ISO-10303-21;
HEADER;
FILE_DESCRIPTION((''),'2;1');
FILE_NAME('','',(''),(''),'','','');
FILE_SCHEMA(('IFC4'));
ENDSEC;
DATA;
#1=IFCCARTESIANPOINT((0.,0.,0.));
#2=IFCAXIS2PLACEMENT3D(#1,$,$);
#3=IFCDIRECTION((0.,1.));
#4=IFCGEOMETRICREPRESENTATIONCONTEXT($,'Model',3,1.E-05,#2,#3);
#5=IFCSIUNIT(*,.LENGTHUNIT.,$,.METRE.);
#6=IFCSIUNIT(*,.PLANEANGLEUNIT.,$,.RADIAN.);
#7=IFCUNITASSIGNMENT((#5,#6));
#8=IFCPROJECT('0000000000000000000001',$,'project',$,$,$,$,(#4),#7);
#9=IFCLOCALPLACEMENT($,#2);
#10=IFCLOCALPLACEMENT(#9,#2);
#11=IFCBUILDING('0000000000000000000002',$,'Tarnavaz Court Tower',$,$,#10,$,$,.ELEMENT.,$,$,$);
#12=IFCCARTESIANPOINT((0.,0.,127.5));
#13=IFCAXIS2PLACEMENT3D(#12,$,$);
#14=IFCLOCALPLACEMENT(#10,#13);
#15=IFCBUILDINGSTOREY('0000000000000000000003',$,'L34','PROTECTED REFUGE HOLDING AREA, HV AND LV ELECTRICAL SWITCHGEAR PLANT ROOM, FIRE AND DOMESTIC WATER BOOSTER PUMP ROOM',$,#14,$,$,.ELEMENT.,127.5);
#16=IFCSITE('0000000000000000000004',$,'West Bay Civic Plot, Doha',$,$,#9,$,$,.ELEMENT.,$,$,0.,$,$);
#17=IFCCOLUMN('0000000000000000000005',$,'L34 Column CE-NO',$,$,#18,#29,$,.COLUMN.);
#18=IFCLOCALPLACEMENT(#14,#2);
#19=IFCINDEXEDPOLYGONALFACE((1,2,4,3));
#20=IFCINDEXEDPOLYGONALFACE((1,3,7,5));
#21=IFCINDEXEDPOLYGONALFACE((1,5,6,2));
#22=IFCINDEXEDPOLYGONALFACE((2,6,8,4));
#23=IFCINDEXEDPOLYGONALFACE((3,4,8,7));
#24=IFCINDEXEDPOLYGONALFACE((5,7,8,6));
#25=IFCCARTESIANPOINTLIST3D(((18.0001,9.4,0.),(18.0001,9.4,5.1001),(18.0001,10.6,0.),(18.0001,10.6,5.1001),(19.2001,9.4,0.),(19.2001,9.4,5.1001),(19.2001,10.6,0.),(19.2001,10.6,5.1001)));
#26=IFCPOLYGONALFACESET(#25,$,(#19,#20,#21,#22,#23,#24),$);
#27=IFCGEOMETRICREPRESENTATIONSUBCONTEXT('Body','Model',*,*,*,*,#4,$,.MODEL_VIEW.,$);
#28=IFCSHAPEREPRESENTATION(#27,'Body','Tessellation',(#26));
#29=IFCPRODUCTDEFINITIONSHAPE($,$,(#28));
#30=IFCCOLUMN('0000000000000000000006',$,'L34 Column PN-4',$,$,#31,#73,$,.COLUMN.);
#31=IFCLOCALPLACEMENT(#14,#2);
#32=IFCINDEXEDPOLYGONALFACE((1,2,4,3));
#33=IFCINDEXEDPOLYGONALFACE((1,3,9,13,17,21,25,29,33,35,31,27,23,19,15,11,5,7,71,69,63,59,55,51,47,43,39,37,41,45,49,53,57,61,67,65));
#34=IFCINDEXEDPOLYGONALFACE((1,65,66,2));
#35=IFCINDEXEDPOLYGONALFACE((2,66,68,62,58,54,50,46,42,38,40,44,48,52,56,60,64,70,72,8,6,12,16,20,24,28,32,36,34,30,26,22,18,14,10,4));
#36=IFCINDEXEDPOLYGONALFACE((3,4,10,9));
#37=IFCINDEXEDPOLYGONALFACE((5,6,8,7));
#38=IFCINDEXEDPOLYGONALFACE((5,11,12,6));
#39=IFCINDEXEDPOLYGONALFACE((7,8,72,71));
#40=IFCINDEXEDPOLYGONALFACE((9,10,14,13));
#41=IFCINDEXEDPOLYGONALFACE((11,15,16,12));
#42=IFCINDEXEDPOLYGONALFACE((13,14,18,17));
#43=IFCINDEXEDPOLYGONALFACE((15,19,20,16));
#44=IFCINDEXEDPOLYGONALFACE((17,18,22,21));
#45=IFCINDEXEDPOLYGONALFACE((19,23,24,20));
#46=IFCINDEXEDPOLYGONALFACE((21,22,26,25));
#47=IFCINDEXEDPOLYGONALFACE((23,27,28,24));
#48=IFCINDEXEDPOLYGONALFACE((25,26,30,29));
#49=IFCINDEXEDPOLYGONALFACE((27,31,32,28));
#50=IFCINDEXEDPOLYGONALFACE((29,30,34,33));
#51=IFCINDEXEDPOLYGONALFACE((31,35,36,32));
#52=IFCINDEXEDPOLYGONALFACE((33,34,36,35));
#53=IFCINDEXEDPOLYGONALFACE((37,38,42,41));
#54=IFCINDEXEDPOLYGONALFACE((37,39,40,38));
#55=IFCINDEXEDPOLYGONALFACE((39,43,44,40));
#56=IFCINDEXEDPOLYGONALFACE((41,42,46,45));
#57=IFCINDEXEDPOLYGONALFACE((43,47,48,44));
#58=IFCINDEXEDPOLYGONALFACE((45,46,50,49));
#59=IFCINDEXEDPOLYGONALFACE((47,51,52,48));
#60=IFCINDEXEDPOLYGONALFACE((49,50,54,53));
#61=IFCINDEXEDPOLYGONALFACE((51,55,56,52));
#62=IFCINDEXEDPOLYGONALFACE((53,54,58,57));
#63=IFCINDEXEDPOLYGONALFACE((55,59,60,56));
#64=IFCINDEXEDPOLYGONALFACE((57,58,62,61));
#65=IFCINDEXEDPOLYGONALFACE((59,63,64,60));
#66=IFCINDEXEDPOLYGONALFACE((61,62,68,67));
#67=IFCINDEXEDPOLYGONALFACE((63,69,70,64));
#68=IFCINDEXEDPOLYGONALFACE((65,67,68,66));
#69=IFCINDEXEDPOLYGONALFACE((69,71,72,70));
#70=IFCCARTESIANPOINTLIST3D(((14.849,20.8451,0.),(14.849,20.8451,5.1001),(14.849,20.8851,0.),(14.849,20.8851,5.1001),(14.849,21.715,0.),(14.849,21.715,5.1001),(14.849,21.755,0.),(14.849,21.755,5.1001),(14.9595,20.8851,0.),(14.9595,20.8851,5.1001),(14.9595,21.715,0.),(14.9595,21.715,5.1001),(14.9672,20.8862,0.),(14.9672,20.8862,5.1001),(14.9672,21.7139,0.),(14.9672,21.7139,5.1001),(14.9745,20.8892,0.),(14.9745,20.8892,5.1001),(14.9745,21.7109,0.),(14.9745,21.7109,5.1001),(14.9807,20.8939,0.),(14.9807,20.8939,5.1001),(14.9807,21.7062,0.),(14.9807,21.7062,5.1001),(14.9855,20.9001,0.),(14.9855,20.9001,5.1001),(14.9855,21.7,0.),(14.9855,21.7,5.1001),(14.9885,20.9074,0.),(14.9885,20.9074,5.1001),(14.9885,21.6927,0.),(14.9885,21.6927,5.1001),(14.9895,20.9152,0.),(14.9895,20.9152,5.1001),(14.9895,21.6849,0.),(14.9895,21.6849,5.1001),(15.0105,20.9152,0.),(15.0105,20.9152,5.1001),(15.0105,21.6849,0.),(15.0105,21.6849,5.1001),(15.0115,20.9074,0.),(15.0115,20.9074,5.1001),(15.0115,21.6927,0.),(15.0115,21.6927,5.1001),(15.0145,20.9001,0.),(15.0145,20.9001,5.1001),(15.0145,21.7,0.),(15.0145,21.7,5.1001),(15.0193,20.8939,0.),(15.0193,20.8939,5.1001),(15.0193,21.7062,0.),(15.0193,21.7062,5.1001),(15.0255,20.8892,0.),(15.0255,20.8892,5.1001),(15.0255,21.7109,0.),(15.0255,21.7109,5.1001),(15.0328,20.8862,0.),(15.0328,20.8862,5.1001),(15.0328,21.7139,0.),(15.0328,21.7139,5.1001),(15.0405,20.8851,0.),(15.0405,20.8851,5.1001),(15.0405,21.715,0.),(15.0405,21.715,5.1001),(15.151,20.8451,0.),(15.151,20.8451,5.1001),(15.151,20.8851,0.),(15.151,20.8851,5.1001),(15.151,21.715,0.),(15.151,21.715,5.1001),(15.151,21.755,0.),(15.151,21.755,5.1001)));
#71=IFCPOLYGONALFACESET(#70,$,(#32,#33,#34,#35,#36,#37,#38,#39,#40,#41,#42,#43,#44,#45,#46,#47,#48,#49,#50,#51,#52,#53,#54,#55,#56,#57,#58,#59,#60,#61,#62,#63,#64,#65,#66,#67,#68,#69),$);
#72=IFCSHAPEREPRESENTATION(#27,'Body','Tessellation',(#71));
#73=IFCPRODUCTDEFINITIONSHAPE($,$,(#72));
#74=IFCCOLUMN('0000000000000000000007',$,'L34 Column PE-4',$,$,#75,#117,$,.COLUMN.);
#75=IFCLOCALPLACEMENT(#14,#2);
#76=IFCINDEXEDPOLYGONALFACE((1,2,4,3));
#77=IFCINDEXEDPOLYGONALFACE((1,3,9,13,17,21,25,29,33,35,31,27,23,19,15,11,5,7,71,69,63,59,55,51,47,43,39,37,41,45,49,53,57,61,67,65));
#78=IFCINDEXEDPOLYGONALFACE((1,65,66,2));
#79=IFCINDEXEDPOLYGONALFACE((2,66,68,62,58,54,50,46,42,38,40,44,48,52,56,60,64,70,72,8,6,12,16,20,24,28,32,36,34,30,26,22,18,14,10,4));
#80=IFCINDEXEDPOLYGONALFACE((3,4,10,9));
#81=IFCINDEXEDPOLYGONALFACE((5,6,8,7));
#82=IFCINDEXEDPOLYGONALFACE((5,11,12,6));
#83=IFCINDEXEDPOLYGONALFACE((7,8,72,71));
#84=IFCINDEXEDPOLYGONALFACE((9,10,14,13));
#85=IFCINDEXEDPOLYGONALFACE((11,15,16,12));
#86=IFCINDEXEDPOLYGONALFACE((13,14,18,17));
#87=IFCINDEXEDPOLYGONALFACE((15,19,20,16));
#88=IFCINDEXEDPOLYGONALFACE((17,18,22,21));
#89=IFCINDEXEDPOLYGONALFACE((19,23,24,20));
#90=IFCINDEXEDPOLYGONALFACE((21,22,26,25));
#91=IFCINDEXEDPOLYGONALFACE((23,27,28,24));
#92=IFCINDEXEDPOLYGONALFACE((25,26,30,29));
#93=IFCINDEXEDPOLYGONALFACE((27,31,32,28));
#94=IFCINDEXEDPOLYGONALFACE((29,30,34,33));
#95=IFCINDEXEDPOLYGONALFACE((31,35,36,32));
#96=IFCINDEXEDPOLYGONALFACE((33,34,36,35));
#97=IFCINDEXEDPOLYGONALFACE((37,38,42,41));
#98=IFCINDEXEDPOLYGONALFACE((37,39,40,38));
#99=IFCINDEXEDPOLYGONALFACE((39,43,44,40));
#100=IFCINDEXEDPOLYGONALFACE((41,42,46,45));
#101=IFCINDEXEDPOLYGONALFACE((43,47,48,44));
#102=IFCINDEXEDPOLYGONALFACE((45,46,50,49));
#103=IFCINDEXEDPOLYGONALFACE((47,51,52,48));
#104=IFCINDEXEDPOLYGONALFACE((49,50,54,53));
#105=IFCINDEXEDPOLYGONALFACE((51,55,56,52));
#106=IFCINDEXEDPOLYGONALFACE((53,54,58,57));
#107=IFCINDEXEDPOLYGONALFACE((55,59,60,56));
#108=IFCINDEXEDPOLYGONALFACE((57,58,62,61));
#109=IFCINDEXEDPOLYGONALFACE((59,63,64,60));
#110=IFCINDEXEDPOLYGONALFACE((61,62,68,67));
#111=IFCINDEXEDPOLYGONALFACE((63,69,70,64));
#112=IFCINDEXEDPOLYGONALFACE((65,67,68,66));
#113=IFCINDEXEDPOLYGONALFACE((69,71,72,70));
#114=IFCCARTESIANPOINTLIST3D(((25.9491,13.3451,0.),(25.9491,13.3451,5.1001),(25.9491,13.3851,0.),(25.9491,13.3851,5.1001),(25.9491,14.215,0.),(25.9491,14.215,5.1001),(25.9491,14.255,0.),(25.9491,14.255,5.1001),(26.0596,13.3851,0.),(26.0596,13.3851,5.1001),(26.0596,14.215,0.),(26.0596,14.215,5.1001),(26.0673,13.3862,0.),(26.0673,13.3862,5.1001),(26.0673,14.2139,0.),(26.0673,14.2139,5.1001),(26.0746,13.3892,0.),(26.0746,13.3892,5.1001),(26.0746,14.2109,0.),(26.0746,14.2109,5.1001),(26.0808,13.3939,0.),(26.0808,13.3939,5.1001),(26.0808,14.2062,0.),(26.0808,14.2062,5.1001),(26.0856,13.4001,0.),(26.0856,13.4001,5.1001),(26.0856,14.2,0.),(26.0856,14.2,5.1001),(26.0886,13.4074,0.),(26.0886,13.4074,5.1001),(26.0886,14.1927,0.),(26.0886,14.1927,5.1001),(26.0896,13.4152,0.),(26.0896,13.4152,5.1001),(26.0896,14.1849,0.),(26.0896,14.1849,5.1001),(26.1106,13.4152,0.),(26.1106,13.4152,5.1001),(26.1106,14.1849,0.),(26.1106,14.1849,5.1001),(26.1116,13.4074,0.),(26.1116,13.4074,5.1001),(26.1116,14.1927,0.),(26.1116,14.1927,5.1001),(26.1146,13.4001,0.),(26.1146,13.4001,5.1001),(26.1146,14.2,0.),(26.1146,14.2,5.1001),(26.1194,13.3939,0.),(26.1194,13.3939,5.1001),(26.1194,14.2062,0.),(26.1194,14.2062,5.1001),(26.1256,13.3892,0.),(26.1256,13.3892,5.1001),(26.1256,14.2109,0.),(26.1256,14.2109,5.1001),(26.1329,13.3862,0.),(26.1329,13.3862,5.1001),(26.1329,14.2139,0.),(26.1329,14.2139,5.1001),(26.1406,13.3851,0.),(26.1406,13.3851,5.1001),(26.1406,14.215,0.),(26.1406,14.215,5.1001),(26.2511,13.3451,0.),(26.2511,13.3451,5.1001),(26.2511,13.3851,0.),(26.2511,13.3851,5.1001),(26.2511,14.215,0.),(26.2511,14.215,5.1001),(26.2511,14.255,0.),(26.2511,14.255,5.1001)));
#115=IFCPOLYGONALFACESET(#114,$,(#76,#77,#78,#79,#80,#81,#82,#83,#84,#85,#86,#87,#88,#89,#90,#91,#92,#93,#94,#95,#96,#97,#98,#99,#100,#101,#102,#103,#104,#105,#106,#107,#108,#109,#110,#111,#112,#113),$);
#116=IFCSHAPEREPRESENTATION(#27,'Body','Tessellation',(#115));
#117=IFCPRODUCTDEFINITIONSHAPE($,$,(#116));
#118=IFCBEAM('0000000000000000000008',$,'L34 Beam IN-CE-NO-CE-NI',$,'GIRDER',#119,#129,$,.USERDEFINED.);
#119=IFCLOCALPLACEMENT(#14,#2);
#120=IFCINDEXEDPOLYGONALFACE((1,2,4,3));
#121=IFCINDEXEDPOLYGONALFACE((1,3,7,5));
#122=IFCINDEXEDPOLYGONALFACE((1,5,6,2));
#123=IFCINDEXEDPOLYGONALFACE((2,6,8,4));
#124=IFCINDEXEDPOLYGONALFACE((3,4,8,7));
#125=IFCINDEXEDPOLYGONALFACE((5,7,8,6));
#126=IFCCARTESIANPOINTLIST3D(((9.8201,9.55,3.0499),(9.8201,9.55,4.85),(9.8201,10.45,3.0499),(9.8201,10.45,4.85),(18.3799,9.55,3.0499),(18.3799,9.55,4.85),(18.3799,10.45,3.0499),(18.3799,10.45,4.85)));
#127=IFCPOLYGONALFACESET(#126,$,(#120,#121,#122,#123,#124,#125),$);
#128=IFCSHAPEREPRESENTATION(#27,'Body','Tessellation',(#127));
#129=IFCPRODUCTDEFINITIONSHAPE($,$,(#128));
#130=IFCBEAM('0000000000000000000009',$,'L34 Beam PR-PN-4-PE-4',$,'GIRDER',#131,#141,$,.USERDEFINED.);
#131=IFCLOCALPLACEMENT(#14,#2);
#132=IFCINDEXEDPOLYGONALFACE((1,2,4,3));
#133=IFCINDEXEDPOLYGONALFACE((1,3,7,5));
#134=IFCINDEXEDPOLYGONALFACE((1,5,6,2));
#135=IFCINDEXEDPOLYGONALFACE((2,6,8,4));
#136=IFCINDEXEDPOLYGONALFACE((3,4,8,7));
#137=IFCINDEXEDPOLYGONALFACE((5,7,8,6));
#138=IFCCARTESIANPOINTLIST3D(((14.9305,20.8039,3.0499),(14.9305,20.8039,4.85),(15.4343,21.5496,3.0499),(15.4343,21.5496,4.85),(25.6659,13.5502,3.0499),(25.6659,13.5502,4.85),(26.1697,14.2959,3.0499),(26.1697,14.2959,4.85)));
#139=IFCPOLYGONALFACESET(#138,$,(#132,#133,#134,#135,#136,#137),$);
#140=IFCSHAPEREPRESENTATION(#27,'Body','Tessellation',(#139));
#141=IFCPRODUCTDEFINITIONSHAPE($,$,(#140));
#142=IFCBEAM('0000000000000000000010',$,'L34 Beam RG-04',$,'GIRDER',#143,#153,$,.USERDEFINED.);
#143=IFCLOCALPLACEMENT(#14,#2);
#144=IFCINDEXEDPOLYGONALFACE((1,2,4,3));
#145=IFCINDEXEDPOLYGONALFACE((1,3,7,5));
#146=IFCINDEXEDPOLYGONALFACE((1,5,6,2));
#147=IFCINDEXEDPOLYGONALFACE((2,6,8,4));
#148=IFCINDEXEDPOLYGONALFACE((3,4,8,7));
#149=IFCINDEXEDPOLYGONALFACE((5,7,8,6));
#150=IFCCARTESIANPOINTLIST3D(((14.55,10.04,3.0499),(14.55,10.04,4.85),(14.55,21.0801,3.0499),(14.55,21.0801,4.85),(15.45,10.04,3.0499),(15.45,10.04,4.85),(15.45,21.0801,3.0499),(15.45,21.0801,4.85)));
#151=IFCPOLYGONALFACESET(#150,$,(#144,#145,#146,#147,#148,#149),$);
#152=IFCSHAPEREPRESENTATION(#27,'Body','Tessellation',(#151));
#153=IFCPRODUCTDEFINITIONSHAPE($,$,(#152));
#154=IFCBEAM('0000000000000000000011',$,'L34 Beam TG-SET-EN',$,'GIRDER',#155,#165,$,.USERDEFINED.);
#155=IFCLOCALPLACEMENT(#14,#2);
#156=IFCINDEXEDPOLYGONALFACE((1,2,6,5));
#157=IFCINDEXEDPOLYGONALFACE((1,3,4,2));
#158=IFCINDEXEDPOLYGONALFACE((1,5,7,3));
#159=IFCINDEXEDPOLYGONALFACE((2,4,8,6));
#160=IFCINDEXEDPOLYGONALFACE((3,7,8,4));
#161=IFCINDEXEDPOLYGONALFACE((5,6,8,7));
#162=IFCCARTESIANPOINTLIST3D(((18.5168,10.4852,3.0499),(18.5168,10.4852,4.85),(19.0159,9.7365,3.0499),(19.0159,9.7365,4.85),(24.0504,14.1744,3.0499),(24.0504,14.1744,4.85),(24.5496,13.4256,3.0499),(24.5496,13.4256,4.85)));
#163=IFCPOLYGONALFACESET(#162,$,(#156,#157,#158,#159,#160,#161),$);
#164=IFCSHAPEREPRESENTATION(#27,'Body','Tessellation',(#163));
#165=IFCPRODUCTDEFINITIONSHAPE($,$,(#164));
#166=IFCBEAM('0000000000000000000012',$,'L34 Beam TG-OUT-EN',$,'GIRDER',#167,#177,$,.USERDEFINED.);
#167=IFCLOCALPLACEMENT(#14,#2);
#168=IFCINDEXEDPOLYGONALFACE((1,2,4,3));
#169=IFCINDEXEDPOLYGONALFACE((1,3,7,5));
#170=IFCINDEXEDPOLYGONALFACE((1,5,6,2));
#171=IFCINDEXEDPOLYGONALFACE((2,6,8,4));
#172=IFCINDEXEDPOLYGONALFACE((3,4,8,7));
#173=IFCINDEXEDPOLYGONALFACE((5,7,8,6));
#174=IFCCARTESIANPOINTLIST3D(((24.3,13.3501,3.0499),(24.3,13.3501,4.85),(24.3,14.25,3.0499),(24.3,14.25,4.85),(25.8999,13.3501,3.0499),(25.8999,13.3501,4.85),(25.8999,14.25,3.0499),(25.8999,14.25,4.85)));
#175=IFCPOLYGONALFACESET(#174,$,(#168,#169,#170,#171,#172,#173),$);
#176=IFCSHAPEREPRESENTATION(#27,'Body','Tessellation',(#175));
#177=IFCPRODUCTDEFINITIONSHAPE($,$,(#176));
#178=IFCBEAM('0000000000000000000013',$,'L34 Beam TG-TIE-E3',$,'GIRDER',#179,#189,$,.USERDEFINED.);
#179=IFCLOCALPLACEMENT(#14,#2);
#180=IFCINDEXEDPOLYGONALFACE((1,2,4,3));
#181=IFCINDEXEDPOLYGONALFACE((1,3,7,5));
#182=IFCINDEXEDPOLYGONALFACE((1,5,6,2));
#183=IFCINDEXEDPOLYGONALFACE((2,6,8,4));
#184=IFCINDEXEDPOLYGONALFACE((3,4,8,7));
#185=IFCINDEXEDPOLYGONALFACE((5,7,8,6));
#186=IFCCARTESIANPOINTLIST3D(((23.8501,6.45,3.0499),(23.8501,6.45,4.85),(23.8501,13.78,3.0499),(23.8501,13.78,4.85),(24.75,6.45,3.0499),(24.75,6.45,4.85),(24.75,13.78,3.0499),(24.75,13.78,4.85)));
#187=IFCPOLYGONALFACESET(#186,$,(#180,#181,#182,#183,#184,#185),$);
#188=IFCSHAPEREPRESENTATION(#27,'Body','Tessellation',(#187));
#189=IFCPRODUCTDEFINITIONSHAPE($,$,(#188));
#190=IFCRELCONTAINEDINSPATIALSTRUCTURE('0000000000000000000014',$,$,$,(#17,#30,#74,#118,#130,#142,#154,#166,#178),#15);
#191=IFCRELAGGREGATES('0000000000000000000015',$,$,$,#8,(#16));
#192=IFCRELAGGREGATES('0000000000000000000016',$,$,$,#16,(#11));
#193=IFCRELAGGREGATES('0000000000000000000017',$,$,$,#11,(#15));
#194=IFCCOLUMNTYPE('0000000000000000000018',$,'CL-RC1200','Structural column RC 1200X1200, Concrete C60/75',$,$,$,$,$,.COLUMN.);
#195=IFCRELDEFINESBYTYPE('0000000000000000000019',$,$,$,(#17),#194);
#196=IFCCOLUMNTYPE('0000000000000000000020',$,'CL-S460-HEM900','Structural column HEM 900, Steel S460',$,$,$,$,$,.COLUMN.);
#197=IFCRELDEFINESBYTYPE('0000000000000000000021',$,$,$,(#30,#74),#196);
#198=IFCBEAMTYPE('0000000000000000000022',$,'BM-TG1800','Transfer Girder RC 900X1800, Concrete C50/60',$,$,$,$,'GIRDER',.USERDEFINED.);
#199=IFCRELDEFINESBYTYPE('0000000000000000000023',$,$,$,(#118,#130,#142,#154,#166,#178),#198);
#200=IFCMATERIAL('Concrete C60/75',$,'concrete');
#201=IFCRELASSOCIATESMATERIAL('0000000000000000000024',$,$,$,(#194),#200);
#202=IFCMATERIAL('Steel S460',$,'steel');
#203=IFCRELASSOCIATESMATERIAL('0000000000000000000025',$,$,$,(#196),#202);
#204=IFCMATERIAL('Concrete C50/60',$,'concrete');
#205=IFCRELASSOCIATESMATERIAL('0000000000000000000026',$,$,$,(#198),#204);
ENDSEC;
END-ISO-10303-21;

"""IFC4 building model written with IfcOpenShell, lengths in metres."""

from ifc_helpers import new_model, si_unit, direction, frame, origin, origin_2d, place, context, subcontext, project, spatial, rectangle, i_section, extrude, material, material_profile, profile_set, type_object, element, save


model = new_model("IFC4")

# Units and contexts
model_context = context("Model", 3, precision=1e-05, world=origin(), true_north=direction((0.0, 1.0)))
body_context = subcontext(model_context, "Body", "Model", "MODEL_VIEW")
ifc_project = project(units=[si_unit("LENGTHUNIT", "METRE"), si_unit("PLANEANGLEUNIT", "RADIAN")], contexts=[model_context])

# Site, building, storey
site_placement = place(None, origin())
site = spatial("IfcSite", under=ifc_project, at=site_placement, Name="West Bay Civic Plot, Doha", CompositionType="ELEMENT", RefElevation=0.0)
building_placement = place(site_placement, origin())
building = spatial("IfcBuilding", under=site, at=building_placement, Name="Tarnavaz Court Tower", CompositionType="ELEMENT")
storey_placement = place(building_placement, frame((0.0, 0.0, 127.5)))
storey = spatial("IfcBuildingStorey", under=building, at=storey_placement, Name="L34", Description="PROTECTED REFUGE HOLDING AREA, HV AND LV ELECTRICAL SWITCHGEAR PLANT ROOM, FIRE AND DOMESTIC WATER BOOSTER PUMP ROOM", CompositionType="ELEMENT", Elevation=127.5)

# Columns
ifc_material_1 = material(Name="Concrete C60/75", Category="concrete")
ifc_material_profile_1 = material_profile(ifc_material_1, rectangle(XDim=1.2, YDim=1.2, at=origin_2d()), Name="RC 1200X1200")
ifc_profile_set_1 = profile_set([ifc_material_profile_1], Name="Concrete C60/75")
column_type_1 = type_object("IfcColumnType", Name="CL-RC1200", Description="Structural column RC 1200X1200, Concrete C60/75", PredefinedType="COLUMN", material=ifc_profile_set_1)
column_placement = place(storey_placement, frame((18.6001, 10.0, 0.0), z_axis=(0.0, 0.0, 1.0), x_axis=(1.0, 0.0, 0.0)))
element("IfcColumn", 1, at=column_placement, inside=storey, type_object=column_type_1, Name="L34 Column CE-NO", PredefinedType="COLUMN", context=body_context, shape_type="SweptSolid", body=[
    extrude(rectangle(XDim=1.2, YDim=1.2, at=origin_2d()), origin(), (0.0, 0.0, 1.0), 5.1001),
])
ifc_material_2 = material(Name="Steel S460", Category="steel")
ifc_material_profile_2 = material_profile(ifc_material_2, i_section(OverallWidth=0.302, OverallDepth=0.9099, WebThickness=0.021, FlangeThickness=0.04, FilletRadius=0.03, at=origin_2d()), Name="HEM 900")
ifc_profile_set_2 = profile_set([ifc_material_profile_2], Name="Steel S460")
column_type_2 = type_object("IfcColumnType", Name="CL-S460-HEM900", Description="Structural column HEM 900, Steel S460", PredefinedType="COLUMN", material=ifc_profile_set_2)
for number, where, z_axis, x_axis, name in (
    (2, (15.0, 21.3, 0.0), (0.0, 0.0, 1.0), (1.0, 0.0, 0.0), "L34 Column PN-4"),
    (3, (26.1001, 13.8, 0.0), (0.0, 0.0, 1.0), (1.0, 0.0, 0.0), "L34 Column PE-4"),
):
    element("IfcColumn", number, at=place(storey_placement, frame(where, z_axis=z_axis, x_axis=x_axis)), inside=storey, type_object=column_type_2, Name=name, PredefinedType="COLUMN", context=body_context, shape_type="SweptSolid", body=[
        extrude(i_section(OverallWidth=0.302, OverallDepth=0.9099, WebThickness=0.021, FlangeThickness=0.04, FilletRadius=0.03, at=origin_2d()), origin(), (0.0, 0.0, 1.0), 5.1001),
    ])

# Beams
ifc_material_3 = material(Name="Concrete C50/60", Category="concrete")
ifc_material_profile_3 = material_profile(ifc_material_3, rectangle(XDim=0.8999, YDim=1.8, at=origin_2d()), Name="RC 900X1800")
ifc_profile_set_3 = profile_set([ifc_material_profile_3], Name="Concrete C50/60")
beam_type = type_object("IfcBeamType", Name="BM-TG1800", Description="Transfer Girder RC 900X1800, Concrete C50/60", ElementType="GIRDER", PredefinedType="USERDEFINED", material=ifc_profile_set_3)
beam_1_placement = place(storey_placement, frame((18.3799, 10.0, 3.95), z_axis=(-1.0, 0.0, 0.0), x_axis=(0.0, -1.0, 0.0)))
element("IfcBeam", 4, at=beam_1_placement, inside=storey, type_object=beam_type, Name="L34 Beam IN-CE-NO-CE-NI", ObjectType="GIRDER", PredefinedType="USERDEFINED", context=body_context, shape_type="SweptSolid", body=[
    extrude(rectangle(XDim=0.8999, YDim=1.8, at=origin_2d()), origin(), (0.0, 0.0, 1.0), 8.5598),
])
beam_2_placement = place(storey_placement, frame((15.1824, 21.1768, 3.95), z_axis=(0.828587, -0.55986, 0.0), x_axis=(0.55986, 0.828587, 0.0)))
element("IfcBeam", 5, at=beam_2_placement, inside=storey, type_object=beam_type, Name="L34 Beam PR-PN-4-PE-4", ObjectType="GIRDER", PredefinedType="USERDEFINED", context=body_context, shape_type="SweptSolid", body=[
    extrude(rectangle(XDim=0.8999, YDim=1.8, at=origin_2d()), origin(), (0.0, 0.0, 1.0), 12.9563),
])
beam_3_placement = place(storey_placement, frame((15.0, 10.04, 3.95), z_axis=(0.0, 1.0, 0.0), x_axis=(-1.0, 0.0, 0.0)))
element("IfcBeam", 6, at=beam_3_placement, inside=storey, type_object=beam_type, Name="L34 Beam RG-04", ObjectType="GIRDER", PredefinedType="USERDEFINED", context=body_context, shape_type="SweptSolid", body=[
    extrude(rectangle(XDim=0.8999, YDim=1.8, at=origin_2d()), origin(), (0.0, 0.0, 1.0), 11.04),
])
beam_4_placement = place(storey_placement, frame((18.7664, 10.1108, 3.95), z_axis=(0.832045, 0.554709, 0.0), x_axis=(-0.554709, 0.832045, 0.0)))
element("IfcBeam", 7, at=beam_4_placement, inside=storey, type_object=beam_type, Name="L34 Beam TG-SET-EN", ObjectType="GIRDER", PredefinedType="USERDEFINED", context=body_context, shape_type="SweptSolid", body=[
    extrude(rectangle(XDim=0.8999, YDim=1.8, at=origin_2d()), origin(), (0.0, 0.0, 1.0), 6.6506),
])
beam_5_placement = place(storey_placement, frame((24.3, 13.8, 3.95), z_axis=(1.0, 0.0, 0.0), x_axis=(0.0, 1.0, 0.0)))
element("IfcBeam", 8, at=beam_5_placement, inside=storey, type_object=beam_type, Name="L34 Beam TG-OUT-EN", ObjectType="GIRDER", PredefinedType="USERDEFINED", context=body_context, shape_type="SweptSolid", body=[
    extrude(rectangle(XDim=0.8999, YDim=1.8, at=origin_2d()), origin(), (0.0, 0.0, 1.0), 1.5999),
])
beam_6_placement = place(storey_placement, frame((24.3, 6.45, 3.95), z_axis=(0.0, 1.0, 0.0), x_axis=(-1.0, 0.0, 0.0)))
element("IfcBeam", 9, at=beam_6_placement, inside=storey, type_object=beam_type, Name="L34 Beam TG-TIE-E3", ObjectType="GIRDER", PredefinedType="USERDEFINED", context=body_context, shape_type="SweptSolid", body=[
    extrude(rectangle(XDim=0.8999, YDim=1.8, at=origin_2d()), origin(), (0.0, 0.0, 1.0), 7.3301),
])

save(model, "model.ifc")
